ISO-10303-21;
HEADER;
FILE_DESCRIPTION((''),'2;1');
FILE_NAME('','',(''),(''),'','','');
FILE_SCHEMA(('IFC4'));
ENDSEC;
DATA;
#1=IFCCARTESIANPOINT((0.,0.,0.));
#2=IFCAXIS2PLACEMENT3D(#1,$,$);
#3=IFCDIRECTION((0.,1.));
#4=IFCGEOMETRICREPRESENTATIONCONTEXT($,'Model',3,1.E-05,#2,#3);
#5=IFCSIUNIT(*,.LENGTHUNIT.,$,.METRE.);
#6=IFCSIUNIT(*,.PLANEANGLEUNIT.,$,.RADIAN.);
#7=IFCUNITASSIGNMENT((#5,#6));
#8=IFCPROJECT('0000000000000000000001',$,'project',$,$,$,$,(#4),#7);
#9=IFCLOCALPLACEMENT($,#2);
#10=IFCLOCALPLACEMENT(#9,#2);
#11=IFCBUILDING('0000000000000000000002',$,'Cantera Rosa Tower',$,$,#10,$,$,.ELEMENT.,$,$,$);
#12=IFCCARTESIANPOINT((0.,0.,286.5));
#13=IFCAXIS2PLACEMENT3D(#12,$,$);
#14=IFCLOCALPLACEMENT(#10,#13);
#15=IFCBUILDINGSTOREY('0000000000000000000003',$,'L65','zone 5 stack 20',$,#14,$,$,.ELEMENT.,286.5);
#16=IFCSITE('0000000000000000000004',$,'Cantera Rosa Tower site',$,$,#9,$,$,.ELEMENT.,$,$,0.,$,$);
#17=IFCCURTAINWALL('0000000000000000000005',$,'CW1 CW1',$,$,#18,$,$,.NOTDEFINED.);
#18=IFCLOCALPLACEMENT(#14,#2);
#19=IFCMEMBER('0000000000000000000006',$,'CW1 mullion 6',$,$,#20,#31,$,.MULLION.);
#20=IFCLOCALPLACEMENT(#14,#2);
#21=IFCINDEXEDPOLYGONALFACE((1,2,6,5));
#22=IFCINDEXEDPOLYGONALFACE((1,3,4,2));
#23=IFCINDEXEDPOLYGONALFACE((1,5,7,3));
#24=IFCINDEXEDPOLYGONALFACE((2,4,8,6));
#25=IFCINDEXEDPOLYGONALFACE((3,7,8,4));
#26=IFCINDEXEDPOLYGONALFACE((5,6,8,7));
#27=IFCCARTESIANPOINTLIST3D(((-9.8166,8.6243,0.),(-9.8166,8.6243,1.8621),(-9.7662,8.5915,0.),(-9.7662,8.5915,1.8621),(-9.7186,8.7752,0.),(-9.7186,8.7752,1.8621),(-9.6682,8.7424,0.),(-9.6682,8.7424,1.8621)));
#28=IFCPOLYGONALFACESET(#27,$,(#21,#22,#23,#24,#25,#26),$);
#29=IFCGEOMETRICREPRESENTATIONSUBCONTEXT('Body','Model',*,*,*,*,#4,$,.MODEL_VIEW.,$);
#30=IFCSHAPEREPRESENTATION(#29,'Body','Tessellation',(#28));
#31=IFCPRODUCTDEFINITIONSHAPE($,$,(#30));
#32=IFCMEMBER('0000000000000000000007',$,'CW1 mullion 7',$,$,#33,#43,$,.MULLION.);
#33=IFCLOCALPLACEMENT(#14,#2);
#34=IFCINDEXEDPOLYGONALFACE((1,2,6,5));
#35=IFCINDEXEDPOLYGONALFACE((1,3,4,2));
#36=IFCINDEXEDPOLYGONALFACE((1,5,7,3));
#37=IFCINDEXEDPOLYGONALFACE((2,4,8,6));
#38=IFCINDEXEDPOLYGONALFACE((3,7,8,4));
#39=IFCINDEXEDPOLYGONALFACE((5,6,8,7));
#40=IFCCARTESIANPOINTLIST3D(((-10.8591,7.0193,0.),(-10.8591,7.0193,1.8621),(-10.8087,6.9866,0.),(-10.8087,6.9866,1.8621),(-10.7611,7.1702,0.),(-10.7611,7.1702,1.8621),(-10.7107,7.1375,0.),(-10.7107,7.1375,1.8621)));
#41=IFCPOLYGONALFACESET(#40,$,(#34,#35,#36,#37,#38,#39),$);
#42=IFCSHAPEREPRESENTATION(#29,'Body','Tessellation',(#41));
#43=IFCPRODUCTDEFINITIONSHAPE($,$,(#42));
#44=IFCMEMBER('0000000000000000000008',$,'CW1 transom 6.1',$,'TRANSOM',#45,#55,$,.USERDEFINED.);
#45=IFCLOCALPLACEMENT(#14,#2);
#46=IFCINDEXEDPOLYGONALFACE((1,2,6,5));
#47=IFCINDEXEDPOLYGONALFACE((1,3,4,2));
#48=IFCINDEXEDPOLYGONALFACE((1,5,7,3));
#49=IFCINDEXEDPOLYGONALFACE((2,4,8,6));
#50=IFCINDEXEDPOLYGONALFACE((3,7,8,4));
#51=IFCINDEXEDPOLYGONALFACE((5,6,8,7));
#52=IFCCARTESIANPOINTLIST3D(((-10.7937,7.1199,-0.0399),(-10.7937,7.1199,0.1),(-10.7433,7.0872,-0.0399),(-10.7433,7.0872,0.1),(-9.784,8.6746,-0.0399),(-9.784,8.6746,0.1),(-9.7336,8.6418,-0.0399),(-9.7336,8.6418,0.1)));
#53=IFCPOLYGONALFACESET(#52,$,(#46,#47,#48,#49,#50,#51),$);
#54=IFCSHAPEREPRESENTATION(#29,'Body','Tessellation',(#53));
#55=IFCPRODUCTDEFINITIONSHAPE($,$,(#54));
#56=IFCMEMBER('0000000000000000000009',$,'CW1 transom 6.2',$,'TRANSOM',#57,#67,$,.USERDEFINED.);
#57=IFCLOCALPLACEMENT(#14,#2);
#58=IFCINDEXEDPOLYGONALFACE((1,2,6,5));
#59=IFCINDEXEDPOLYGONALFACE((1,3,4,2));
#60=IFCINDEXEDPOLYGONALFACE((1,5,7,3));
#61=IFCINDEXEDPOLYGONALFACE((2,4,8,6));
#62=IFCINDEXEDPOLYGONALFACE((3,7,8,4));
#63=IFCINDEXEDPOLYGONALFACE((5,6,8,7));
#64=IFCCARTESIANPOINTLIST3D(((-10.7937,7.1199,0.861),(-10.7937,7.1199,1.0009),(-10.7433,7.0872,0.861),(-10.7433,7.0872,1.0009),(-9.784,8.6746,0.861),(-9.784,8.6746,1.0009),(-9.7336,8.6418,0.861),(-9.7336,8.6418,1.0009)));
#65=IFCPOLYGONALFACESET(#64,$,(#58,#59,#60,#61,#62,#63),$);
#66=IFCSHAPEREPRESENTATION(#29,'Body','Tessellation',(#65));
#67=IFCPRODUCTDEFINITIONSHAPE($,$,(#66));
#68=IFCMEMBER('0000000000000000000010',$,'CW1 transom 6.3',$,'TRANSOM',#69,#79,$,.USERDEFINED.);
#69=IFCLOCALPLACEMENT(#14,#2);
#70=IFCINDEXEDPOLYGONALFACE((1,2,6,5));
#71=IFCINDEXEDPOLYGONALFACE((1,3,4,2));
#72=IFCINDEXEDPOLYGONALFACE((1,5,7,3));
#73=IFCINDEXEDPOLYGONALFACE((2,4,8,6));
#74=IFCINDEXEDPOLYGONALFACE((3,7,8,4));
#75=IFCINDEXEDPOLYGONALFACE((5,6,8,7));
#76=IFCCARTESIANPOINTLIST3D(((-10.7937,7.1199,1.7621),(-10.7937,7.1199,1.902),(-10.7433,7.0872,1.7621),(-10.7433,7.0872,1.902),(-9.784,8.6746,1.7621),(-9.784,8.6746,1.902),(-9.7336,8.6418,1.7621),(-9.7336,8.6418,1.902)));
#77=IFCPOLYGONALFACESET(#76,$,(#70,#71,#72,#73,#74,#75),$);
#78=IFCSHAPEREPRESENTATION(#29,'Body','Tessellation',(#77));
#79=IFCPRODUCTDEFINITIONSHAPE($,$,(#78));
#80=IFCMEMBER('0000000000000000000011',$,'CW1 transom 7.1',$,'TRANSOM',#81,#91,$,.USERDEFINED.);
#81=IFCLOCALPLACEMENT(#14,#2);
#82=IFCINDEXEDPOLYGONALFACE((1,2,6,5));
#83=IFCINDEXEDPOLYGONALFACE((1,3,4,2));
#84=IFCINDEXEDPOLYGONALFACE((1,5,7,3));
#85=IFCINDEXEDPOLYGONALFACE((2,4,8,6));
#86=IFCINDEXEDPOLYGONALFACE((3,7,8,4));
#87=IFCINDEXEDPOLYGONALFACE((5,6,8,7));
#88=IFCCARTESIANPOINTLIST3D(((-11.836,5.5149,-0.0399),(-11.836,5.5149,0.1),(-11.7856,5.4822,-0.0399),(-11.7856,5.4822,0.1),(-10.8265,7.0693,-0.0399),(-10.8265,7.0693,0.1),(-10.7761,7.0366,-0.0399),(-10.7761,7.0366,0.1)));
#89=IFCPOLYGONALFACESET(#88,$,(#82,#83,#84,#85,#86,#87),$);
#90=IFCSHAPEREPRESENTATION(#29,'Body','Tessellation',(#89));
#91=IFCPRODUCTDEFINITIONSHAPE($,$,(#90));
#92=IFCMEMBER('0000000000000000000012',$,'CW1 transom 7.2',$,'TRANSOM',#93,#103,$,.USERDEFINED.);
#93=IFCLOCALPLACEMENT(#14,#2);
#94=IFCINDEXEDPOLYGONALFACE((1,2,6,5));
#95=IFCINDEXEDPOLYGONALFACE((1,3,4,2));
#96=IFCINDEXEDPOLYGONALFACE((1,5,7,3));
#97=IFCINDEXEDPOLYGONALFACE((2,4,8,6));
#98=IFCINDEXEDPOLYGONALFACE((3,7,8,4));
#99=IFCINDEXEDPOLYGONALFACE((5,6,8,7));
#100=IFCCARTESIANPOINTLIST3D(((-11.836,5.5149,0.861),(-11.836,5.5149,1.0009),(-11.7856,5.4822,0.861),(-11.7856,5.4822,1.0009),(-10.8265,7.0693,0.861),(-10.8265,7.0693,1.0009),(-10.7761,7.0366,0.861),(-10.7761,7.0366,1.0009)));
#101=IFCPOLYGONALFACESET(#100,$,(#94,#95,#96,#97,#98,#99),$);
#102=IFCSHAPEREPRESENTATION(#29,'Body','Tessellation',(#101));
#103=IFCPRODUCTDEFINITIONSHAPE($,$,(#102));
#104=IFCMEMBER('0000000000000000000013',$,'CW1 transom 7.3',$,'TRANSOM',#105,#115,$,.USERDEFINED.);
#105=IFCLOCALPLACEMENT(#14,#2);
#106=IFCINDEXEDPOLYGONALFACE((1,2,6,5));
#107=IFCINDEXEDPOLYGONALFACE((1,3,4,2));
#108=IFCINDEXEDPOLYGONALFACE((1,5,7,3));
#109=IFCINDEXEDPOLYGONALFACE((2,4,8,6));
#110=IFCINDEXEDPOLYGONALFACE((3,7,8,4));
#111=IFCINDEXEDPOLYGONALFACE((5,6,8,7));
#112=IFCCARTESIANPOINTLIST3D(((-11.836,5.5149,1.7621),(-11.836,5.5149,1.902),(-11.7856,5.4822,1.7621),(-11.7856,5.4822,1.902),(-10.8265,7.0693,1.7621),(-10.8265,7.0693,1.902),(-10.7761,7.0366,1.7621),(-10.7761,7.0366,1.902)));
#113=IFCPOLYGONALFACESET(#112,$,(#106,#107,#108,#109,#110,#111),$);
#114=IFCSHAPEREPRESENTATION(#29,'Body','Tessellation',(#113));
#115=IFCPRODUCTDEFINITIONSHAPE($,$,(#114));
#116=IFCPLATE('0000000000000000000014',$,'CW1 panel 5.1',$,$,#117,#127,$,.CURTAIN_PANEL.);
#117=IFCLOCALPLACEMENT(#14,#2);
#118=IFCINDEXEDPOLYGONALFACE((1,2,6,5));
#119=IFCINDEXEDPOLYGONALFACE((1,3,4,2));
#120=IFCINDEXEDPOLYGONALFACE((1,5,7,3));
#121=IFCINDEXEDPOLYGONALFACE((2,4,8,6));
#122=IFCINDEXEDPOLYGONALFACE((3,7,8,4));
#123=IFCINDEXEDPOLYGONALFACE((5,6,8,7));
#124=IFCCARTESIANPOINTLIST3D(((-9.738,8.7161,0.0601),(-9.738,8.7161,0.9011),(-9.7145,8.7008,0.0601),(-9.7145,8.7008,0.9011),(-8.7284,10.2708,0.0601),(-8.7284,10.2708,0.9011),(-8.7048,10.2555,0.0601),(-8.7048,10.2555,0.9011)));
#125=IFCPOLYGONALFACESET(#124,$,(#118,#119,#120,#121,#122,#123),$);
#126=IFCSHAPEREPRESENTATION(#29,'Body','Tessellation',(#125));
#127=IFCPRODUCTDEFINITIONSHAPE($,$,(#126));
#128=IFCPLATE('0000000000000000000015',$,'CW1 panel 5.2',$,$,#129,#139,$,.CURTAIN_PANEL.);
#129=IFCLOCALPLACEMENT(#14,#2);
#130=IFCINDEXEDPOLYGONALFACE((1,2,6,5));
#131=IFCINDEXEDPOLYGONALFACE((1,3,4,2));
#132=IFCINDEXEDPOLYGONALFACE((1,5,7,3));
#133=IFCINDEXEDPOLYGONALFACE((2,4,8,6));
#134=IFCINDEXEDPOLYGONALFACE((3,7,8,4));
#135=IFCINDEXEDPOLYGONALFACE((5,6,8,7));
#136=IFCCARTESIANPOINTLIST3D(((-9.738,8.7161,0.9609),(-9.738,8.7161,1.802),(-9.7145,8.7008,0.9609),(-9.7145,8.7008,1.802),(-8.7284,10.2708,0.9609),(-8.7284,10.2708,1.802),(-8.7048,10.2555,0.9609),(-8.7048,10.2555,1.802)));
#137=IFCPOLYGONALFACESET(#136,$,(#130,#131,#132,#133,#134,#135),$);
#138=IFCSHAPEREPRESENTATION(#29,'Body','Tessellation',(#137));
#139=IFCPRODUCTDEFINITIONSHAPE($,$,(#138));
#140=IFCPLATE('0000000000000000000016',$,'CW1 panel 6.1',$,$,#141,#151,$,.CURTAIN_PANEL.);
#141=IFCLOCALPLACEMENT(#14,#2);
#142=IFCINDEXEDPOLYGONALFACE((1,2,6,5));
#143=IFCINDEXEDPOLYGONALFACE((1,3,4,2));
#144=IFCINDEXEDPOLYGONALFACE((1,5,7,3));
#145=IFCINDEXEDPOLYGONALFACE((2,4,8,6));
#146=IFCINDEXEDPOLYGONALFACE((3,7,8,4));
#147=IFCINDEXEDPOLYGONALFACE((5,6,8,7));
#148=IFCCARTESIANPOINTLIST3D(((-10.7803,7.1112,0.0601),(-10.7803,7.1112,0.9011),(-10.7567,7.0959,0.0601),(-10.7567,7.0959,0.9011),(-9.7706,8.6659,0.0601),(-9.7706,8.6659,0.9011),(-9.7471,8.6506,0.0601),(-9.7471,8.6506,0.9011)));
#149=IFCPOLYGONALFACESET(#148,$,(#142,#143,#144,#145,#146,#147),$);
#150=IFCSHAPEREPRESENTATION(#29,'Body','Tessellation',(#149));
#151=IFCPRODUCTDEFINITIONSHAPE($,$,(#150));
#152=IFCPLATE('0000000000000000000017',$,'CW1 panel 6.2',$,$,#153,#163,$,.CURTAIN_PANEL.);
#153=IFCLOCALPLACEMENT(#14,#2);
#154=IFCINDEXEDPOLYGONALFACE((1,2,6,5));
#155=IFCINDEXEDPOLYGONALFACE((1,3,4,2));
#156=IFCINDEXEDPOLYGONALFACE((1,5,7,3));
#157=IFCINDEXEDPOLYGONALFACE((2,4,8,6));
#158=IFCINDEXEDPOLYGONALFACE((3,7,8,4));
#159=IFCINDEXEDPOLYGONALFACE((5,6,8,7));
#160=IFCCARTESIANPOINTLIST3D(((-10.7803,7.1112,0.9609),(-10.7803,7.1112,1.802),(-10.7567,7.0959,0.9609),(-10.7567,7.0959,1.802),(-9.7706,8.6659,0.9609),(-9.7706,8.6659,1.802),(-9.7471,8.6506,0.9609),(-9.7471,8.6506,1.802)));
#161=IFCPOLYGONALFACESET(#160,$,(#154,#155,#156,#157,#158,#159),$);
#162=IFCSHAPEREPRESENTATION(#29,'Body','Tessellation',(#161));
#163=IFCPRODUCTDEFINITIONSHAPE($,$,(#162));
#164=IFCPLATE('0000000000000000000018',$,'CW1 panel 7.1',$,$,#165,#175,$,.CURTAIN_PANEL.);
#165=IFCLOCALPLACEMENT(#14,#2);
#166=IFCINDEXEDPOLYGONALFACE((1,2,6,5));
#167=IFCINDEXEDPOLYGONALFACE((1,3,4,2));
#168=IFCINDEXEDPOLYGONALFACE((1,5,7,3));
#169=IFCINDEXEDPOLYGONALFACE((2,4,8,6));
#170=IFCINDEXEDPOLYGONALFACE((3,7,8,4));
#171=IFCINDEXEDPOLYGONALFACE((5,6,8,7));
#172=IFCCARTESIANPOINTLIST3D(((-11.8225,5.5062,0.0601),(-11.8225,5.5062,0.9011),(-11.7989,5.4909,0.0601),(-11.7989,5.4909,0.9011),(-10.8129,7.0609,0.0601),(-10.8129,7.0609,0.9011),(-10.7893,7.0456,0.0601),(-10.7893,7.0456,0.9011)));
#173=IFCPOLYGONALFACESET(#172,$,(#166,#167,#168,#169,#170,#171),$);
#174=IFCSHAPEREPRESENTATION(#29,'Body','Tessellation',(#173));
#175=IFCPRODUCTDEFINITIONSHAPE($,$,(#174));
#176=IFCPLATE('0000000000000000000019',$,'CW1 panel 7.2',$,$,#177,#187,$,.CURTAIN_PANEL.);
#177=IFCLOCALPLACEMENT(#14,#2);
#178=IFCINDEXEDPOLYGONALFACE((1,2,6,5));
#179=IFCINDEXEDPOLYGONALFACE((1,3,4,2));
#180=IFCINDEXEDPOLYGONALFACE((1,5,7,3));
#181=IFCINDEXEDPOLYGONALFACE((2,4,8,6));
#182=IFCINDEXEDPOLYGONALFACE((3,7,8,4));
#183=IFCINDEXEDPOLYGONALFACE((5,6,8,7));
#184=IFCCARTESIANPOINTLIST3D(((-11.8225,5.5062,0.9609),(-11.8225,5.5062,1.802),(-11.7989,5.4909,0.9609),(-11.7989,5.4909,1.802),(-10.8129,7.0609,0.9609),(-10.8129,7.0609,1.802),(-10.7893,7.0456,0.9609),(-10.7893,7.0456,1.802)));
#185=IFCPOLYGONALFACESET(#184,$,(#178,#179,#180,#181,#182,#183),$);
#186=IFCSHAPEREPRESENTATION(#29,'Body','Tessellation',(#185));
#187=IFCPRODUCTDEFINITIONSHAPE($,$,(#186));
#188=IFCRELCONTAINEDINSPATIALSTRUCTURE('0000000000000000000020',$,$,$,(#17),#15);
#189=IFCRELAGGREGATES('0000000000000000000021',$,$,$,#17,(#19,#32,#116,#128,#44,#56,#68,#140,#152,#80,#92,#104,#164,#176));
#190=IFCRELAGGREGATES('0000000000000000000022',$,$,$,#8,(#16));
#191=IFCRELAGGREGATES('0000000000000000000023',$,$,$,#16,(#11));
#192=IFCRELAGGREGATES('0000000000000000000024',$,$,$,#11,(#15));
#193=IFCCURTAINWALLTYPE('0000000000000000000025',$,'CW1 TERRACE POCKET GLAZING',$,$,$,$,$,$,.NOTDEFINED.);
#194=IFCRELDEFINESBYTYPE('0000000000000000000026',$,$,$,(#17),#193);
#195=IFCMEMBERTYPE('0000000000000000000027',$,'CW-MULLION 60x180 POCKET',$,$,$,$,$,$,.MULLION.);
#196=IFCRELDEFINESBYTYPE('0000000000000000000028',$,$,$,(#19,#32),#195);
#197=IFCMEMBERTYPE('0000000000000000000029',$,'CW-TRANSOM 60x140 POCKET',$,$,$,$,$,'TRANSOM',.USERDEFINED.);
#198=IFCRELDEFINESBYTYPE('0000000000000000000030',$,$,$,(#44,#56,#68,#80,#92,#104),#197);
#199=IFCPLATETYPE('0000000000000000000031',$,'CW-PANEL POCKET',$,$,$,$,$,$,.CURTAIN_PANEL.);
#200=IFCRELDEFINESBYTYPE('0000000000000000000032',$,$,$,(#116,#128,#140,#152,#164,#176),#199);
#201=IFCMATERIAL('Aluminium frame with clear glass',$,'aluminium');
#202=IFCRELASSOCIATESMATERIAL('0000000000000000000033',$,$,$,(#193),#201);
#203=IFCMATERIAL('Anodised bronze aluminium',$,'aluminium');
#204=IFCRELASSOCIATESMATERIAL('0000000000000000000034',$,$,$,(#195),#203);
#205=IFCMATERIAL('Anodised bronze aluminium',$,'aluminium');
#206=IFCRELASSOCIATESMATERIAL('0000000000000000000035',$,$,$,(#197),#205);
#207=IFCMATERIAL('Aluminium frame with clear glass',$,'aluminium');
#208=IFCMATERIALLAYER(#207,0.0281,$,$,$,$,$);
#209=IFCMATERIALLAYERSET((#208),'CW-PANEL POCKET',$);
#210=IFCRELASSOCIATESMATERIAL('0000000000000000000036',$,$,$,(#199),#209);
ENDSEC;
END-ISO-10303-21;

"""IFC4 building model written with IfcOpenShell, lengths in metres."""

from ifc_helpers import new_model, si_unit, direction, frame, origin, origin_2d, place, context, subcontext, project, spatial, rectangle, extrude, material, layer, layer_set, material_profile, profile_set, type_object, element, aggregate, save


model = new_model("IFC4")

# Units and contexts
model_context = context("Model", 3, precision=1e-05, world=origin(), true_north=direction((0.0, 1.0)))
body_context = subcontext(model_context, "Body", "Model", "MODEL_VIEW")
ifc_project = project(units=[si_unit("LENGTHUNIT", "METRE"), si_unit("PLANEANGLEUNIT", "RADIAN")], contexts=[model_context])

# Site, building, storey
site_placement = place(None, origin())
site = spatial("IfcSite", under=ifc_project, at=site_placement, Name="Cantera Rosa Tower site", CompositionType="ELEMENT", RefElevation=0.0)
building_placement = place(site_placement, origin())
building = spatial("IfcBuilding", under=site, at=building_placement, Name="Cantera Rosa Tower", CompositionType="ELEMENT")
storey_placement = place(building_placement, frame((0.0, 0.0, 286.5)))
storey = spatial("IfcBuildingStorey", under=building, at=storey_placement, Name="L65", Description="zone 5 stack 20", CompositionType="ELEMENT", Elevation=286.5)

# Curtain wall, members, plates
ifc_material_1 = material(Name="Aluminium frame with clear glass", Category="aluminium")
curtain_wall_type = type_object("IfcCurtainWallType", Name="CW1 TERRACE POCKET GLAZING", PredefinedType="NOTDEFINED", material=ifc_material_1)
curtain_wall_placement = place(storey_placement, origin())
curtain_wall = element("IfcCurtainWall", 1, at=curtain_wall_placement, inside=storey, type_object=curtain_wall_type, Name="CW1 CW1", PredefinedType="NOTDEFINED")
ifc_material_2 = material(Name="Anodised bronze aluminium", Category="aluminium")
ifc_material_profile_1 = material_profile(ifc_material_2, rectangle(XDim=0.0601, YDim=0.1799, at=origin_2d()), Name="CW-MULLION 60x180 POCKET")
ifc_profile_set_1 = profile_set([ifc_material_profile_1], Name="Anodised bronze aluminium")
member_type_1 = type_object("IfcMemberType", Name="CW-MULLION 60x180 POCKET", PredefinedType="MULLION", material=ifc_profile_set_1)
member_1_placement = place(storey_placement, frame((-9.7424, 8.6833, 0.0), z_axis=(0.0, 0.0, 1.0), x_axis=(0.838671, -0.544639, 0.0)))
member_1 = element("IfcMember", 2, at=member_1_placement, type_object=member_type_1, Name="CW1 mullion 6", PredefinedType="MULLION", context=body_context, shape_type="SweptSolid", body=[
    extrude(rectangle(XDim=0.0601, YDim=0.1799, at=origin_2d()), origin(), (0.0, 0.0, 1.0), 1.8621),
])
member_2_placement = place(storey_placement, frame((-10.7849, 7.0784, 0.0), z_axis=(0.0, 0.0, 1.0), x_axis=(0.838671, -0.544639, 0.0)))
member_2 = element("IfcMember", 3, at=member_2_placement, type_object=member_type_1, Name="CW1 mullion 7", PredefinedType="MULLION", context=body_context, shape_type="SweptSolid", body=[
    extrude(rectangle(XDim=0.0601, YDim=0.1799, at=origin_2d()), origin(), (0.0, 0.0, 1.0), 1.8621),
])
ifc_material_3 = material(Name="Anodised bronze aluminium", Category="aluminium")
ifc_material_profile_2 = material_profile(ifc_material_3, rectangle(XDim=0.0601, YDim=0.1399, at=origin_2d()), Name="CW-TRANSOM 60x140 POCKET")
ifc_profile_set_2 = profile_set([ifc_material_profile_2], Name="Anodised bronze aluminium")
member_type_2 = type_object("IfcMemberType", Name="CW-TRANSOM 60x140 POCKET", ElementType="TRANSOM", PredefinedType="USERDEFINED", material=ifc_profile_set_2)
member_3_placement = place(storey_placement, frame((-9.7588, 8.6582, 0.03), z_axis=(-0.544692, -0.838636, 0.0), x_axis=(0.838636, -0.544692, 0.0)))
member_3 = element("IfcMember", 4, at=member_3_placement, type_object=member_type_2, Name="CW1 transom 6.1", ObjectType="TRANSOM", PredefinedType="USERDEFINED", context=body_context, shape_type="SweptSolid", body=[
    extrude(rectangle(XDim=0.0601, YDim=0.1399, at=origin_2d()), origin(), (0.0, 0.0, 1.0), 1.8538),
])
member_4_placement = place(storey_placement, frame((-9.7588, 8.6582, 0.9309), z_axis=(-0.544692, -0.838636, 0.0), x_axis=(0.838636, -0.544692, 0.0)))
member_4 = element("IfcMember", 5, at=member_4_placement, type_object=member_type_2, Name="CW1 transom 6.2", ObjectType="TRANSOM", PredefinedType="USERDEFINED", context=body_context, shape_type="SweptSolid", body=[
    extrude(rectangle(XDim=0.0601, YDim=0.1399, at=origin_2d()), origin(), (0.0, 0.0, 1.0), 1.8538),
])
member_5_placement = place(storey_placement, frame((-9.7588, 8.6582, 1.832), z_axis=(-0.544692, -0.838636, 0.0), x_axis=(0.838636, -0.544692, 0.0)))
member_5 = element("IfcMember", 6, at=member_5_placement, type_object=member_type_2, Name="CW1 transom 6.3", ObjectType="TRANSOM", PredefinedType="USERDEFINED", context=body_context, shape_type="SweptSolid", body=[
    extrude(rectangle(XDim=0.0601, YDim=0.1399, at=origin_2d()), origin(), (0.0, 0.0, 1.0), 1.8538),
])
member_6_placement = place(storey_placement, frame((-10.8013, 7.053, 0.03), z_axis=(-0.54466, -0.838657, 0.0), x_axis=(0.838657, -0.54466, 0.0)))
member_6 = element("IfcMember", 7, at=member_6_placement, type_object=member_type_2, Name="CW1 transom 7.1", ObjectType="TRANSOM", PredefinedType="USERDEFINED", context=body_context, shape_type="SweptSolid", body=[
    extrude(rectangle(XDim=0.0601, YDim=0.1399, at=origin_2d()), origin(), (0.0, 0.0, 1.0), 1.8535),
])
member_7_placement = place(storey_placement, frame((-10.8013, 7.053, 0.9309), z_axis=(-0.54466, -0.838657, 0.0), x_axis=(0.838657, -0.54466, 0.0)))
member_7 = element("IfcMember", 8, at=member_7_placement, type_object=member_type_2, Name="CW1 transom 7.2", ObjectType="TRANSOM", PredefinedType="USERDEFINED", context=body_context, shape_type="SweptSolid", body=[
    extrude(rectangle(XDim=0.0601, YDim=0.1399, at=origin_2d()), origin(), (0.0, 0.0, 1.0), 1.8535),
])
member_8_placement = place(storey_placement, frame((-10.8013, 7.053, 1.832), z_axis=(-0.54466, -0.838657, 0.0), x_axis=(0.838657, -0.54466, 0.0)))
member_8 = element("IfcMember", 9, at=member_8_placement, type_object=member_type_2, Name="CW1 transom 7.3", ObjectType="TRANSOM", PredefinedType="USERDEFINED", context=body_context, shape_type="SweptSolid", body=[
    extrude(rectangle(XDim=0.0601, YDim=0.1399, at=origin_2d()), origin(), (0.0, 0.0, 1.0), 1.8535),
])
ifc_material_4 = material(Name="Aluminium frame with clear glass", Category="aluminium")
ifc_layer_1 = layer(ifc_material_4, 0.0281)
ifc_layer_set_1 = layer_set([ifc_layer_1], Name="CW-PANEL POCKET")
plate_type = type_object("IfcPlateType", Name="CW-PANEL POCKET", PredefinedType="CURTAIN_PANEL", material=ifc_layer_set_1)
plate_1_placement = place(storey_placement, frame((-9.2214, 9.4858, 0.0601), z_axis=(0.0, 0.0, 1.0), x_axis=(-0.544639, -0.838671, 0.0)))
plate_1 = element("IfcPlate", 10, at=plate_1_placement, type_object=plate_type, Name="CW1 panel 5.1", PredefinedType="CURTAIN_PANEL", context=body_context, shape_type="SweptSolid", body=[
    extrude(rectangle(XDim=1.8538, YDim=0.0281, at=origin_2d()), origin(), (0.0, 0.0, 1.0), 0.8411),
])
plate_2_placement = place(storey_placement, frame((-9.2214, 9.4858, 0.9609), z_axis=(0.0, 0.0, 1.0), x_axis=(-0.544639, -0.838671, 0.0)))
plate_2 = element("IfcPlate", 11, at=plate_2_placement, type_object=plate_type, Name="CW1 panel 5.2", PredefinedType="CURTAIN_PANEL", context=body_context, shape_type="SweptSolid", body=[
    extrude(rectangle(XDim=1.8538, YDim=0.0281, at=origin_2d()), origin(), (0.0, 0.0, 1.0), 0.8411),
])
plate_3_placement = place(storey_placement, frame((-10.2637, 7.8809, 0.0601), z_axis=(0.0, 0.0, 1.0), x_axis=(-0.544639, -0.838671, 0.0)))
plate_3 = element("IfcPlate", 12, at=plate_3_placement, type_object=plate_type, Name="CW1 panel 6.1", PredefinedType="CURTAIN_PANEL", context=body_context, shape_type="SweptSolid", body=[
    extrude(rectangle(XDim=1.8538, YDim=0.0281, at=origin_2d()), origin(), (0.0, 0.0, 1.0), 0.8411),
])
plate_4_placement = place(storey_placement, frame((-10.2637, 7.8809, 0.9609), z_axis=(0.0, 0.0, 1.0), x_axis=(-0.544639, -0.838671, 0.0)))
plate_4 = element("IfcPlate", 13, at=plate_4_placement, type_object=plate_type, Name="CW1 panel 6.2", PredefinedType="CURTAIN_PANEL", context=body_context, shape_type="SweptSolid", body=[
    extrude(rectangle(XDim=1.8538, YDim=0.0281, at=origin_2d()), origin(), (0.0, 0.0, 1.0), 0.8411),
])
plate_5_placement = place(storey_placement, frame((-11.3059, 6.2759, 0.0601), z_axis=(0.0, 0.0, 1.0), x_axis=(-0.544639, -0.838671, 0.0)))
plate_5 = element("IfcPlate", 14, at=plate_5_placement, type_object=plate_type, Name="CW1 panel 7.1", PredefinedType="CURTAIN_PANEL", context=body_context, shape_type="SweptSolid", body=[
    extrude(rectangle(XDim=1.8538, YDim=0.0281, at=origin_2d()), origin(), (0.0, 0.0, 1.0), 0.8411),
])
plate_6_placement = place(storey_placement, frame((-11.3059, 6.2759, 0.9609), z_axis=(0.0, 0.0, 1.0), x_axis=(-0.544639, -0.838671, 0.0)))
plate_6 = element("IfcPlate", 15, at=plate_6_placement, type_object=plate_type, Name="CW1 panel 7.2", PredefinedType="CURTAIN_PANEL", context=body_context, shape_type="SweptSolid", body=[
    extrude(rectangle(XDim=1.8538, YDim=0.0281, at=origin_2d()), origin(), (0.0, 0.0, 1.0), 0.8411),
])
aggregate(curtain_wall, [member_1, member_2, plate_1, plate_2, member_3, member_4, member_5, plate_3, plate_4, member_6, member_7, member_8, plate_5, plate_6])

save(model, "model.ifc")
